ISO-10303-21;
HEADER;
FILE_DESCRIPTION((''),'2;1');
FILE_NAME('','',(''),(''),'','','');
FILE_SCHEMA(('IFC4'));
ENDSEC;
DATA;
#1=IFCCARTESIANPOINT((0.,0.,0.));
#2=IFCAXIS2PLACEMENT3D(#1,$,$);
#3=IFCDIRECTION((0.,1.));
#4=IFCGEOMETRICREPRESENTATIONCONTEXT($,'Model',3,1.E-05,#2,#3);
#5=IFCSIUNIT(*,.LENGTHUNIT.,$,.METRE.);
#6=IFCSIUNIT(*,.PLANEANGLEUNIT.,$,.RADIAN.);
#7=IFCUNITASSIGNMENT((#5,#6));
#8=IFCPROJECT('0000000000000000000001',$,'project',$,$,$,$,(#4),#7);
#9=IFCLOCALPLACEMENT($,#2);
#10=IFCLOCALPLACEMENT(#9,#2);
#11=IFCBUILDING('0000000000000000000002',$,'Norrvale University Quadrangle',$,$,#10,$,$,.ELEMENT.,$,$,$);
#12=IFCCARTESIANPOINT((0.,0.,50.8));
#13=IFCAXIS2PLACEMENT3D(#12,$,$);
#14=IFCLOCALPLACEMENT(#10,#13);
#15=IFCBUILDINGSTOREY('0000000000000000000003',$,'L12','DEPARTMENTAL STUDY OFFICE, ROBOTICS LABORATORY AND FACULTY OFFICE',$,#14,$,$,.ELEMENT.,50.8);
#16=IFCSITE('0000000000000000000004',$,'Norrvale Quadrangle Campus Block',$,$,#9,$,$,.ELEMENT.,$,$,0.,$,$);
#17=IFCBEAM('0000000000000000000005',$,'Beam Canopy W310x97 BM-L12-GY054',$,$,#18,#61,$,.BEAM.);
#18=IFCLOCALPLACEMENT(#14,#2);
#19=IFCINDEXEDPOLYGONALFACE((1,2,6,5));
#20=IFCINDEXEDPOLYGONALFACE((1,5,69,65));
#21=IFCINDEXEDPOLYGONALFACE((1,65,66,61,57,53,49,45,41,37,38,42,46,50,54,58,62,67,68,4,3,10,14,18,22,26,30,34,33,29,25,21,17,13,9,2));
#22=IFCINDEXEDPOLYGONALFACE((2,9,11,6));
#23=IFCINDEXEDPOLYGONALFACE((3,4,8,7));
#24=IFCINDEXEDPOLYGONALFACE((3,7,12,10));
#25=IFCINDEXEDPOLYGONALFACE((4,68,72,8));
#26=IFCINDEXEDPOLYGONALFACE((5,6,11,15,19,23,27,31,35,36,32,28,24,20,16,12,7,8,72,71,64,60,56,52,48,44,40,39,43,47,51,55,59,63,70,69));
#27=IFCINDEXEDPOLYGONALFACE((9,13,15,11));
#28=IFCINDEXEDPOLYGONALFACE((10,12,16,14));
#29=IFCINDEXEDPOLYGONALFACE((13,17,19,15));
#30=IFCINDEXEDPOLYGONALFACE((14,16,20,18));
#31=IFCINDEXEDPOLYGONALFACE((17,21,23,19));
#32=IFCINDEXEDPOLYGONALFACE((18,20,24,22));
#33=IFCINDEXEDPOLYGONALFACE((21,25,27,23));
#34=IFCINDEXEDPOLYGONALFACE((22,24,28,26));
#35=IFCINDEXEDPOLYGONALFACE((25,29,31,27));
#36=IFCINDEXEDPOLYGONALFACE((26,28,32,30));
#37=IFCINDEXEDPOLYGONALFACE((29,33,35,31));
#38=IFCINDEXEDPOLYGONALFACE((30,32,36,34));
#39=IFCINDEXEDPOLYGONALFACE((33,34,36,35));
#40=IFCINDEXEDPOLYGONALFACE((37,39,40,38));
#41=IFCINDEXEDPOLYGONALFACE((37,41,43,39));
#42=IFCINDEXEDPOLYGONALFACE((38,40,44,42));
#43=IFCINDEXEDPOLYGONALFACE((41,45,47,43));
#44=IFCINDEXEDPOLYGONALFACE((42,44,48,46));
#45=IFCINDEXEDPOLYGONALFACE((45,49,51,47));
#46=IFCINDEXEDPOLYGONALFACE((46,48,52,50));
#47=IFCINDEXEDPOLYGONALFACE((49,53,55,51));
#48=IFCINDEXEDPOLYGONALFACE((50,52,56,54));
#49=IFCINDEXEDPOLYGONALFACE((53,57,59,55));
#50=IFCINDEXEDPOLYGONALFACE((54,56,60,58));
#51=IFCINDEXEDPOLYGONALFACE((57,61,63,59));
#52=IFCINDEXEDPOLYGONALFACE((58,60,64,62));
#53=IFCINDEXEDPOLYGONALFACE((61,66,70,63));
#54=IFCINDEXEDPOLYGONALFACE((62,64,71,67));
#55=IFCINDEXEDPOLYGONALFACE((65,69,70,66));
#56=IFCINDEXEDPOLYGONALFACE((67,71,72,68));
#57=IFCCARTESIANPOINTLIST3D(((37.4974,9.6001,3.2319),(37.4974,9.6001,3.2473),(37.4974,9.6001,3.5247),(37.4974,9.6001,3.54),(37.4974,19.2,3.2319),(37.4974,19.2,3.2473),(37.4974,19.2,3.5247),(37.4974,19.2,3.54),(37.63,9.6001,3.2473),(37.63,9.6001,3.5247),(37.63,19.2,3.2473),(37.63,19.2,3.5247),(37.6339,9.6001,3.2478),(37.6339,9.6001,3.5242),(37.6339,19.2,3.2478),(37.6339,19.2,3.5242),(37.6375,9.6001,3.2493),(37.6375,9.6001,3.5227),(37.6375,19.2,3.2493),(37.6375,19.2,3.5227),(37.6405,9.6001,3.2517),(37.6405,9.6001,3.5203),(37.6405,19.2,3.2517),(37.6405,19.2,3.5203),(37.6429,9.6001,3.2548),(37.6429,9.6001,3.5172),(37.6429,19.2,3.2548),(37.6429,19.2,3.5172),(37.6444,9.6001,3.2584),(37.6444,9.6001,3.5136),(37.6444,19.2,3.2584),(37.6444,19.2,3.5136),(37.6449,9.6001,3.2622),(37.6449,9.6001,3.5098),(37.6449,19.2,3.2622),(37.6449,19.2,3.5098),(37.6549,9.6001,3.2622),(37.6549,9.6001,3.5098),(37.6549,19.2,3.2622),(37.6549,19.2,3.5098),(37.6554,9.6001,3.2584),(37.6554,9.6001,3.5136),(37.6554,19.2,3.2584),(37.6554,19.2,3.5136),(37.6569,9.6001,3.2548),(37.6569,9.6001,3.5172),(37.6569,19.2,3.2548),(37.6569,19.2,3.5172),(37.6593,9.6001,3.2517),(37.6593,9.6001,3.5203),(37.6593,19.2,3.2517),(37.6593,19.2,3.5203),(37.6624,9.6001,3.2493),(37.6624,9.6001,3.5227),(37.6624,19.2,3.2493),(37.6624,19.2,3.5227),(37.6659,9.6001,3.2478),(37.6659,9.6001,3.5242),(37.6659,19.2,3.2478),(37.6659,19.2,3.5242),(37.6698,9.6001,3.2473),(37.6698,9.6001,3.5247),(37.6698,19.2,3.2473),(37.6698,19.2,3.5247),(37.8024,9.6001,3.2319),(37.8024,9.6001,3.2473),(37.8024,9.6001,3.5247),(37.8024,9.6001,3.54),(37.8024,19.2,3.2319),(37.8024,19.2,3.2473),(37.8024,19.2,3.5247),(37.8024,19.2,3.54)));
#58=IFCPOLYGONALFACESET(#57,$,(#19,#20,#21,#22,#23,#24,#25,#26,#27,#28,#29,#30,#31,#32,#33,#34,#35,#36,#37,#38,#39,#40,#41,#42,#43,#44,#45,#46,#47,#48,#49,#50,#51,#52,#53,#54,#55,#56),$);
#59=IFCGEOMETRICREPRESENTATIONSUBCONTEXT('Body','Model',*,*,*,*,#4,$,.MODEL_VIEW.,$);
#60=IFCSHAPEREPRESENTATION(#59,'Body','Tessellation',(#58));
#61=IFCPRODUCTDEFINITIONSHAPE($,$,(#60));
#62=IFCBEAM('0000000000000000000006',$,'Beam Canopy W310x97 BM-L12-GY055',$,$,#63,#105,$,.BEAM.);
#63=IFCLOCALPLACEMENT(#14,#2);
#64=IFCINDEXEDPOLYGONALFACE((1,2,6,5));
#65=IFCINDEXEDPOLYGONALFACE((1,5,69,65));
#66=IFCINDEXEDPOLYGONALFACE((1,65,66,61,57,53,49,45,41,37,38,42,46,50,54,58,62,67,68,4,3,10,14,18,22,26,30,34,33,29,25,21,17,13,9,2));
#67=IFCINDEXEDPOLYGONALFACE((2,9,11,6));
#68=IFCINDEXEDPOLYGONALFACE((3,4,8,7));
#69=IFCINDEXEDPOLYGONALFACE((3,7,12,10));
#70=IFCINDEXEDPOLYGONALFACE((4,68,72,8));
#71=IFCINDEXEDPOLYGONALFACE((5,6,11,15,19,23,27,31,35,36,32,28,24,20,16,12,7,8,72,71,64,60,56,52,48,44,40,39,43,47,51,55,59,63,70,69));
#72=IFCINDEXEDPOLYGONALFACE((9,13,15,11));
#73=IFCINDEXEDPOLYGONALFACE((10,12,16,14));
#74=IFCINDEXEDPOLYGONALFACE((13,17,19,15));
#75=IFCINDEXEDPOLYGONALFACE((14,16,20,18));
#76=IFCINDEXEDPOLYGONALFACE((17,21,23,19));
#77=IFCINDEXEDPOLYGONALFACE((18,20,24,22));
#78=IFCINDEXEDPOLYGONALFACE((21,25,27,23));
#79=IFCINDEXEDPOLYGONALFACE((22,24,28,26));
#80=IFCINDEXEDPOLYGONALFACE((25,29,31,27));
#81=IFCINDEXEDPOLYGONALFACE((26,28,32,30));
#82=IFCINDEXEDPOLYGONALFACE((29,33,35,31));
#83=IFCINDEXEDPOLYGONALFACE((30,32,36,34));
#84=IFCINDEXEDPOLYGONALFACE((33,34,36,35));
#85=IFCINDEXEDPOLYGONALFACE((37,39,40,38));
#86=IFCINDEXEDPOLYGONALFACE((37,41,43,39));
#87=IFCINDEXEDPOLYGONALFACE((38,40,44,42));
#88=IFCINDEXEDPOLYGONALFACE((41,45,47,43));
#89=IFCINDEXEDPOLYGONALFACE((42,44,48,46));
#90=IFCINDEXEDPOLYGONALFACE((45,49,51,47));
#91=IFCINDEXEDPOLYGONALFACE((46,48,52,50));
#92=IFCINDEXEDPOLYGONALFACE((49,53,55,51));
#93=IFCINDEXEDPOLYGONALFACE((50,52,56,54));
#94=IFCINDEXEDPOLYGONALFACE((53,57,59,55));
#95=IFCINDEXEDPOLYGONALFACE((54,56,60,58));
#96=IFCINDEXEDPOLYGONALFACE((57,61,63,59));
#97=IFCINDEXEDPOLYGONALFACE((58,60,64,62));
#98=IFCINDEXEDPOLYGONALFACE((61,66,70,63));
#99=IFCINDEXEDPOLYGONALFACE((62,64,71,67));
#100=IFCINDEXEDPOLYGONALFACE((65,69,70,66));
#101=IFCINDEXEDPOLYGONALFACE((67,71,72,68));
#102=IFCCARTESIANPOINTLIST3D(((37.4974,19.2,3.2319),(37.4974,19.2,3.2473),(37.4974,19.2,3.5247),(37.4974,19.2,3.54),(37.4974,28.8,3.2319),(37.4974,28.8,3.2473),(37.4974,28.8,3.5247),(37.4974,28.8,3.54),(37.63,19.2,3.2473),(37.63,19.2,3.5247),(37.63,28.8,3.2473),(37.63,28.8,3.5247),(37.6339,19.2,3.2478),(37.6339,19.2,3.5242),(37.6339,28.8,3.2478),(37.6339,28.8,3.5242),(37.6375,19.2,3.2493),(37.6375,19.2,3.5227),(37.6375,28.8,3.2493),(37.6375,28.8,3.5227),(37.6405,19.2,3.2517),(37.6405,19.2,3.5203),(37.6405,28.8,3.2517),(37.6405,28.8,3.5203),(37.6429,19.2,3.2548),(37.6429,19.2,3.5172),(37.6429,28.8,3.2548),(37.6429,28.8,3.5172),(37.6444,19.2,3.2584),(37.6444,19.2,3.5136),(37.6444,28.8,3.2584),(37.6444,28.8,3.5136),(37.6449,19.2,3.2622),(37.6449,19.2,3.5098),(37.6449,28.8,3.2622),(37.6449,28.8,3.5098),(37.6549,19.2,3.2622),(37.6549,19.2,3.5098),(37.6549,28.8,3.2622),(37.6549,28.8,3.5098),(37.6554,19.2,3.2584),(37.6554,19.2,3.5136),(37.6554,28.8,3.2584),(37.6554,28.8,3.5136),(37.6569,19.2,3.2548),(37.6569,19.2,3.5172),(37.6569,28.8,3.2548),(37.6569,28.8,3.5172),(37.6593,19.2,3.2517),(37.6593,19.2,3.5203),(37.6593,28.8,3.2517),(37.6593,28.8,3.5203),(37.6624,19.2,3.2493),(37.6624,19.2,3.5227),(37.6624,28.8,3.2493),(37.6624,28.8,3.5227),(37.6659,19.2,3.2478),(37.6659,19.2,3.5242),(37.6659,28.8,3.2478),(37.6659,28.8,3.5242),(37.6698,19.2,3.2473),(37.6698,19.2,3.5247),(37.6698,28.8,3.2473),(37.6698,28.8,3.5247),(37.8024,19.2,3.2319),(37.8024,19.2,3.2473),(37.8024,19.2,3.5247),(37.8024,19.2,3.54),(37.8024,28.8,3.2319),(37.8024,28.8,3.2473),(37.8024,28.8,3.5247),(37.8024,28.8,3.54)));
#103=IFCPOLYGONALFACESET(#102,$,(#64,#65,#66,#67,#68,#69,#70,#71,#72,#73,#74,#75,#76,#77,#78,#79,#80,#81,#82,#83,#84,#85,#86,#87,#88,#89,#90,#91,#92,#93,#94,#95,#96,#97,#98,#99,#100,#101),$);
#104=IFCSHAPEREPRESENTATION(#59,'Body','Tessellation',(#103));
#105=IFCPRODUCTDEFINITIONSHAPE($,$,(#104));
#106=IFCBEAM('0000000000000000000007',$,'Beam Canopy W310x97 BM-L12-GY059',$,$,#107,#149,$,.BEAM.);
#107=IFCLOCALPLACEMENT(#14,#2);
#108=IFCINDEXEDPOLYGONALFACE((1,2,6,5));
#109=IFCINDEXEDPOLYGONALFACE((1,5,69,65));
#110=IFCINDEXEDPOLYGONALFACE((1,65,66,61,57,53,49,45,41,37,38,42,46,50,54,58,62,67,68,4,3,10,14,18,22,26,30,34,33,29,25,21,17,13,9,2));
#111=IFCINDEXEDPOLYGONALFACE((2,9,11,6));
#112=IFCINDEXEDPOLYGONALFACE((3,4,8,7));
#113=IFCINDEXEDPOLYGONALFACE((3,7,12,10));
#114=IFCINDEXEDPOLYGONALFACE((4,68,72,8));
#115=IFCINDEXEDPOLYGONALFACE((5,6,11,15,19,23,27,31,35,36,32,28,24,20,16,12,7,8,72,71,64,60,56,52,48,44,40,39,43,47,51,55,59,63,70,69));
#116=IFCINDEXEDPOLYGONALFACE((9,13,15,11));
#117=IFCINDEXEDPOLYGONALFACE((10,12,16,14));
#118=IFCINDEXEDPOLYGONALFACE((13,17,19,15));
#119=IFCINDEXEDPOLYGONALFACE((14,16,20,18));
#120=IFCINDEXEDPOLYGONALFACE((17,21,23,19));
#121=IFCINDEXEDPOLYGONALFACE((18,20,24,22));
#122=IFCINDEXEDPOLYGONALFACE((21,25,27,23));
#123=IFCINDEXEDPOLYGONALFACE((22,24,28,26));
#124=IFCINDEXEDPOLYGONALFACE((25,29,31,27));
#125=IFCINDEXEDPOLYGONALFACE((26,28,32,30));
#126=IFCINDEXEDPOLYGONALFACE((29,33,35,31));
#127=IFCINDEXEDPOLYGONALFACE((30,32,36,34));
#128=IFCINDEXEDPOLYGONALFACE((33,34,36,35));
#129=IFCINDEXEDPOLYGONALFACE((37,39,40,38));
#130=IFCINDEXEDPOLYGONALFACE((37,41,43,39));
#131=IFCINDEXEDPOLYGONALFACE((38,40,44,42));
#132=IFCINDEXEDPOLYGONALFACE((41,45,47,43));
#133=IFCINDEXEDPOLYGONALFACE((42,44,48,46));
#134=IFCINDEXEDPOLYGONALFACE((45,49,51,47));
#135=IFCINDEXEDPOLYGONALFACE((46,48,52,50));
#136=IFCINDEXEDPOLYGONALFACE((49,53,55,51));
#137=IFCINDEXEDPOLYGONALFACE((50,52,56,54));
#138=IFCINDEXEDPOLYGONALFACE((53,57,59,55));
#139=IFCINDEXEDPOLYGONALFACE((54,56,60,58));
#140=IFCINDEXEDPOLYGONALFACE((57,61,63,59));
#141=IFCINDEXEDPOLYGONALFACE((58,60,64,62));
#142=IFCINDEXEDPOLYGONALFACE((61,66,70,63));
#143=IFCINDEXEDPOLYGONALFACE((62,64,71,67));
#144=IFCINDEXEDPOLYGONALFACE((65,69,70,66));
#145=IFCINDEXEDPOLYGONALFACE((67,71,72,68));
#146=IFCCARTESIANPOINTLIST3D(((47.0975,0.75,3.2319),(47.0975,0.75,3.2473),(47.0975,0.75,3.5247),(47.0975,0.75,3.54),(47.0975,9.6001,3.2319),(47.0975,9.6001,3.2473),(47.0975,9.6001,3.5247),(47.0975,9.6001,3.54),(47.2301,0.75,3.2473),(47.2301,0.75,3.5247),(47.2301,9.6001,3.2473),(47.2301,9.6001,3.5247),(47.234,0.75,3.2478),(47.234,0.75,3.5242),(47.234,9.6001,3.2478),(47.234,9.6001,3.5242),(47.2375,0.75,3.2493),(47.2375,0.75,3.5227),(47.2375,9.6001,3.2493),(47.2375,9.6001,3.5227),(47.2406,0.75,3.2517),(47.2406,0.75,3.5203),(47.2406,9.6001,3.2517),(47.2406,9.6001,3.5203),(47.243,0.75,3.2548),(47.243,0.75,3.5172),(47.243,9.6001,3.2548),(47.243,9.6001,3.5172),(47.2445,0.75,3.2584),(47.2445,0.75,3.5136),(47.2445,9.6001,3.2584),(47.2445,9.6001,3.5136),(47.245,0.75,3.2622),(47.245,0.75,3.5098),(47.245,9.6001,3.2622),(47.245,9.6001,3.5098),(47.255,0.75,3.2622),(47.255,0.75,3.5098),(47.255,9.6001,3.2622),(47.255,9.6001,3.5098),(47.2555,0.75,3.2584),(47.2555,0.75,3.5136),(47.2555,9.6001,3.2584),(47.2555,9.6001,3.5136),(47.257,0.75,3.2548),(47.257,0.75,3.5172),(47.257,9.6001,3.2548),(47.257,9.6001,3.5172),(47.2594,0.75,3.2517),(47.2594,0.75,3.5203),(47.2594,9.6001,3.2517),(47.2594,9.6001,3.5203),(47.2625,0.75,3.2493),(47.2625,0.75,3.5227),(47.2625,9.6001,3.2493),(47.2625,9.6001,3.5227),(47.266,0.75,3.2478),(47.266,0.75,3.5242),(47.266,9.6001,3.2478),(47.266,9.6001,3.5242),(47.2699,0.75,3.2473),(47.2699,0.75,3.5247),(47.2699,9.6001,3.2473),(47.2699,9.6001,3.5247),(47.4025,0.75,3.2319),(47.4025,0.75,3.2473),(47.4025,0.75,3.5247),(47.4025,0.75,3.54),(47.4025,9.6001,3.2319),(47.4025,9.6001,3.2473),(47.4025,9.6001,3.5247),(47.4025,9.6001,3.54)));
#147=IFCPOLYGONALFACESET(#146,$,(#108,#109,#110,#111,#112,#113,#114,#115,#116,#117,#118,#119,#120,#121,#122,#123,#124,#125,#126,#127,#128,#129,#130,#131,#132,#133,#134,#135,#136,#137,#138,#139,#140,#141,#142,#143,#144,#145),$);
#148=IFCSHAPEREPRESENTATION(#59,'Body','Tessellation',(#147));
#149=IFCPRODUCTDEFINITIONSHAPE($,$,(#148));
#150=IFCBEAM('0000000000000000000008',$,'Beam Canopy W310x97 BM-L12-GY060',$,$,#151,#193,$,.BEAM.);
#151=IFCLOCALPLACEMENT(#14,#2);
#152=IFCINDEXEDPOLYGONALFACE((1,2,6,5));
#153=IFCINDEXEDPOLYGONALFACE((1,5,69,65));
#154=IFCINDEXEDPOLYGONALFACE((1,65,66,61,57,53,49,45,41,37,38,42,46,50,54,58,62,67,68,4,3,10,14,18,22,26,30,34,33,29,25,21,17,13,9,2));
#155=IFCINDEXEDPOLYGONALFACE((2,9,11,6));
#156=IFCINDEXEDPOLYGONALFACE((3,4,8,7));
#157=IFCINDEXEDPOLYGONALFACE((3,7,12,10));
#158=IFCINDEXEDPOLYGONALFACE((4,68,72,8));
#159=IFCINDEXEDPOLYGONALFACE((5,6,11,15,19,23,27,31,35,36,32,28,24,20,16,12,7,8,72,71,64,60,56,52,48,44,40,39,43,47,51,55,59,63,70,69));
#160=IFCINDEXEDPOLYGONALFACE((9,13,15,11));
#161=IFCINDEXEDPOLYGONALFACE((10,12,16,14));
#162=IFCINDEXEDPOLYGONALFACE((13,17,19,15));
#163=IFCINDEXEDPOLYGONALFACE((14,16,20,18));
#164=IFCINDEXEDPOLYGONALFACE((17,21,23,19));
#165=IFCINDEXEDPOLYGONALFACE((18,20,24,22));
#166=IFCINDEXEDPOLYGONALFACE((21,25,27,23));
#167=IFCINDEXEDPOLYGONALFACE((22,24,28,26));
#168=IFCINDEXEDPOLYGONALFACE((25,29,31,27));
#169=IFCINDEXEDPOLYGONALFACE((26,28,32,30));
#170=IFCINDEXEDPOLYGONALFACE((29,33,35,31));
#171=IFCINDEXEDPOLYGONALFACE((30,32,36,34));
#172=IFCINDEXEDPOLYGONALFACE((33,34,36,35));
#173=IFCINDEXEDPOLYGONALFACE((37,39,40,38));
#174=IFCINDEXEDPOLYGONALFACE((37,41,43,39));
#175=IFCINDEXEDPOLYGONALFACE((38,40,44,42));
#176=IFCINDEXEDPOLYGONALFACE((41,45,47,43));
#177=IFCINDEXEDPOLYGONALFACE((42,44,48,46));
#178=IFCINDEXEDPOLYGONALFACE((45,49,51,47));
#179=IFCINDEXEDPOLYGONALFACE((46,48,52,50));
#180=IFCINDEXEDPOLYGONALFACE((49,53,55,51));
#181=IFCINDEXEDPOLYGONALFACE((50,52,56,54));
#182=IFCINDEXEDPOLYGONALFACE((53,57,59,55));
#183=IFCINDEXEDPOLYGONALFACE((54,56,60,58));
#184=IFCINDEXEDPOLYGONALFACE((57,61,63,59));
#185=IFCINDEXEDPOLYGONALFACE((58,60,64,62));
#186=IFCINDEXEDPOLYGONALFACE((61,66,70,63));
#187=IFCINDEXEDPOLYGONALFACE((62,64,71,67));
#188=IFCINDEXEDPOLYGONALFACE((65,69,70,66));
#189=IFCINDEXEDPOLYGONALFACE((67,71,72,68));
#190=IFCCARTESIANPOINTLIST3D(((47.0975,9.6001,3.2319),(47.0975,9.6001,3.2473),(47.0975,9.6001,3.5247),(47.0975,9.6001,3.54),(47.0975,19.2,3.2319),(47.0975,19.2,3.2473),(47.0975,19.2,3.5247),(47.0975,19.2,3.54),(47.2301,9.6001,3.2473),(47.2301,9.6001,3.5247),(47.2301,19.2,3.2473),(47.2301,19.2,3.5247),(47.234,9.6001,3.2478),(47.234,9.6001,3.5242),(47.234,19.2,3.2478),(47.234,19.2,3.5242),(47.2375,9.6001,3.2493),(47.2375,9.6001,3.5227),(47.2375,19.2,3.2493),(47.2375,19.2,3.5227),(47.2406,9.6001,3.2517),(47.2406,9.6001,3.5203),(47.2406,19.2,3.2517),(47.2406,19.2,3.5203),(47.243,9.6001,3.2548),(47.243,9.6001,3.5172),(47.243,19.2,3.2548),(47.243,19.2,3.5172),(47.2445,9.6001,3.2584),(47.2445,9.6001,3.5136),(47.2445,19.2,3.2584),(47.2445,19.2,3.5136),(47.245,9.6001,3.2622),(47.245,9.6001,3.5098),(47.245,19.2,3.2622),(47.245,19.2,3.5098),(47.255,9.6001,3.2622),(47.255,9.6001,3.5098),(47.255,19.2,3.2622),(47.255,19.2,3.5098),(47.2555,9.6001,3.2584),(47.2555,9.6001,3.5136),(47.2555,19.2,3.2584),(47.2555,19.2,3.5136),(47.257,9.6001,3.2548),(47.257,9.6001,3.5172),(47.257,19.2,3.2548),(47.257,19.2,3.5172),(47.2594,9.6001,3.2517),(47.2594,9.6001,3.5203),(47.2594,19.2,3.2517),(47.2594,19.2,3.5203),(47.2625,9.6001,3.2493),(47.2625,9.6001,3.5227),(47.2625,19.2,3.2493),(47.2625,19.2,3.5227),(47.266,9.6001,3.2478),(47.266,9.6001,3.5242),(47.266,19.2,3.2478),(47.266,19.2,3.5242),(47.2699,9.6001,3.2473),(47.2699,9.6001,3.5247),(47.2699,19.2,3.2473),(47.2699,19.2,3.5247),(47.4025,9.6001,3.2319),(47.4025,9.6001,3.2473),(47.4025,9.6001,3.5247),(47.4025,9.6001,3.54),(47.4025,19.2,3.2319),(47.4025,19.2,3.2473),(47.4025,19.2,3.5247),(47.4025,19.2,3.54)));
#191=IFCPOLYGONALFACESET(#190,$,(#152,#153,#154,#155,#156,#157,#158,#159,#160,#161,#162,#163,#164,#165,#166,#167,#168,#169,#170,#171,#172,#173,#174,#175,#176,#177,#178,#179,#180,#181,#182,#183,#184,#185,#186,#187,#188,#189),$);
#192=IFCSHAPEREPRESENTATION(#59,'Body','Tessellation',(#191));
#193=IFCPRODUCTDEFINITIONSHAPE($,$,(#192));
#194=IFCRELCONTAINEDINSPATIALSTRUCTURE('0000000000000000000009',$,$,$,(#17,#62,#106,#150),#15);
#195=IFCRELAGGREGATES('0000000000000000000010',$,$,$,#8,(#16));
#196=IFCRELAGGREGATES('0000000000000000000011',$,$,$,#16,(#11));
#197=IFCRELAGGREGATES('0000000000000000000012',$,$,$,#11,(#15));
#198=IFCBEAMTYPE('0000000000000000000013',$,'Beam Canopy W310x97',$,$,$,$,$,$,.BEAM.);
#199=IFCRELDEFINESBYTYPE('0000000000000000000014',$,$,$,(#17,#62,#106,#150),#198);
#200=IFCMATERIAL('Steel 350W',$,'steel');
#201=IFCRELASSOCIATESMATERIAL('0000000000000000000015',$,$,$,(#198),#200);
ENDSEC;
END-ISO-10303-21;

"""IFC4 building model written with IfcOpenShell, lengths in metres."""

from ifc_helpers import new_model, si_unit, direction, frame, origin, origin_2d, place, context, subcontext, project, spatial, i_section, extrude, material, material_profile, profile_set, type_object, element, save


model = new_model("IFC4")

# Units and contexts
model_context = context("Model", 3, precision=1e-05, world=origin(), true_north=direction((0.0, 1.0)))
body_context = subcontext(model_context, "Body", "Model", "MODEL_VIEW")
ifc_project = project(units=[si_unit("LENGTHUNIT", "METRE"), si_unit("PLANEANGLEUNIT", "RADIAN")], contexts=[model_context])

# Site, building, storey
site_placement = place(None, origin())
site = spatial("IfcSite", under=ifc_project, at=site_placement, Name="Norrvale Quadrangle Campus Block", CompositionType="ELEMENT", RefElevation=0.0)
building_placement = place(site_placement, origin())
building = spatial("IfcBuilding", under=site, at=building_placement, Name="Norrvale University Quadrangle", CompositionType="ELEMENT")
storey_placement = place(building_placement, frame((0.0, 0.0, 50.8)))
storey = spatial("IfcBuildingStorey", under=building, at=storey_placement, Name="L12", Description="DEPARTMENTAL STUDY OFFICE, ROBOTICS LABORATORY AND FACULTY OFFICE", CompositionType="ELEMENT", Elevation=50.8)

# Beams
ifc_material_1 = material(Name="Steel 350W", Category="steel")
ifc_material_profile_1 = material_profile(ifc_material_1, i_section(OverallWidth=0.3049, OverallDepth=0.3081, WebThickness=0.01, FlangeThickness=0.0154, FilletRadius=0.0149, at=origin_2d()), Name="Steel 350W")
ifc_profile_set_1 = profile_set([ifc_material_profile_1], Name="Steel 350W")
beam_type_1 = type_object("IfcBeamType", Name="Beam Canopy W310x97", PredefinedType="BEAM", material=ifc_profile_set_1)
beam_1_placement = place(storey_placement, frame((37.6499, 9.6001, 3.386), z_axis=(0.0, 1.0, 0.0), x_axis=(-1.0, 0.0, 0.0)))
element("IfcBeam", 1, at=beam_1_placement, inside=storey, type_object=beam_type_1, Name="Beam Canopy W310x97 BM-L12-GY054", PredefinedType="BEAM", context=body_context, shape_type="SweptSolid", body=[
    extrude(i_section(OverallWidth=0.3049, OverallDepth=0.3081, WebThickness=0.01, FlangeThickness=0.0154, FilletRadius=0.0149, at=origin_2d()), origin(), (0.0, 0.0, 1.0), 9.5999),
])
beam_2_placement = place(storey_placement, frame((37.6499, 19.2, 3.386), z_axis=(0.0, 1.0, 0.0), x_axis=(-1.0, 0.0, 0.0)))
element("IfcBeam", 2, at=beam_2_placement, inside=storey, type_object=beam_type_1, Name="Beam Canopy W310x97 BM-L12-GY055", PredefinedType="BEAM", context=body_context, shape_type="SweptSolid", body=[
    extrude(i_section(OverallWidth=0.3049, OverallDepth=0.3081, WebThickness=0.01, FlangeThickness=0.0154, FilletRadius=0.0149, at=origin_2d()), origin(), (0.0, 0.0, 1.0), 9.6001),
])
beam_3_placement = place(storey_placement, frame((47.25, 0.75, 3.386), z_axis=(0.0, 1.0, 0.0), x_axis=(-1.0, 0.0, 0.0)))
element("IfcBeam", 3, at=beam_3_placement, inside=storey, type_object=beam_type_1, Name="Beam Canopy W310x97 BM-L12-GY059", PredefinedType="BEAM", context=body_context, shape_type="SweptSolid", body=[
    extrude(i_section(OverallWidth=0.3049, OverallDepth=0.3081, WebThickness=0.01, FlangeThickness=0.0154, FilletRadius=0.0149, at=origin_2d()), origin(), (0.0, 0.0, 1.0), 8.8501),
])
beam_4_placement = place(storey_placement, frame((47.25, 9.6001, 3.386), z_axis=(0.0, 1.0, 0.0), x_axis=(-1.0, 0.0, 0.0)))
element("IfcBeam", 4, at=beam_4_placement, inside=storey, type_object=beam_type_1, Name="Beam Canopy W310x97 BM-L12-GY060", PredefinedType="BEAM", context=body_context, shape_type="SweptSolid", body=[
    extrude(i_section(OverallWidth=0.3049, OverallDepth=0.3081, WebThickness=0.01, FlangeThickness=0.0154, FilletRadius=0.0149, at=origin_2d()), origin(), (0.0, 0.0, 1.0), 9.5999),
])

save(model, "model.ifc")
